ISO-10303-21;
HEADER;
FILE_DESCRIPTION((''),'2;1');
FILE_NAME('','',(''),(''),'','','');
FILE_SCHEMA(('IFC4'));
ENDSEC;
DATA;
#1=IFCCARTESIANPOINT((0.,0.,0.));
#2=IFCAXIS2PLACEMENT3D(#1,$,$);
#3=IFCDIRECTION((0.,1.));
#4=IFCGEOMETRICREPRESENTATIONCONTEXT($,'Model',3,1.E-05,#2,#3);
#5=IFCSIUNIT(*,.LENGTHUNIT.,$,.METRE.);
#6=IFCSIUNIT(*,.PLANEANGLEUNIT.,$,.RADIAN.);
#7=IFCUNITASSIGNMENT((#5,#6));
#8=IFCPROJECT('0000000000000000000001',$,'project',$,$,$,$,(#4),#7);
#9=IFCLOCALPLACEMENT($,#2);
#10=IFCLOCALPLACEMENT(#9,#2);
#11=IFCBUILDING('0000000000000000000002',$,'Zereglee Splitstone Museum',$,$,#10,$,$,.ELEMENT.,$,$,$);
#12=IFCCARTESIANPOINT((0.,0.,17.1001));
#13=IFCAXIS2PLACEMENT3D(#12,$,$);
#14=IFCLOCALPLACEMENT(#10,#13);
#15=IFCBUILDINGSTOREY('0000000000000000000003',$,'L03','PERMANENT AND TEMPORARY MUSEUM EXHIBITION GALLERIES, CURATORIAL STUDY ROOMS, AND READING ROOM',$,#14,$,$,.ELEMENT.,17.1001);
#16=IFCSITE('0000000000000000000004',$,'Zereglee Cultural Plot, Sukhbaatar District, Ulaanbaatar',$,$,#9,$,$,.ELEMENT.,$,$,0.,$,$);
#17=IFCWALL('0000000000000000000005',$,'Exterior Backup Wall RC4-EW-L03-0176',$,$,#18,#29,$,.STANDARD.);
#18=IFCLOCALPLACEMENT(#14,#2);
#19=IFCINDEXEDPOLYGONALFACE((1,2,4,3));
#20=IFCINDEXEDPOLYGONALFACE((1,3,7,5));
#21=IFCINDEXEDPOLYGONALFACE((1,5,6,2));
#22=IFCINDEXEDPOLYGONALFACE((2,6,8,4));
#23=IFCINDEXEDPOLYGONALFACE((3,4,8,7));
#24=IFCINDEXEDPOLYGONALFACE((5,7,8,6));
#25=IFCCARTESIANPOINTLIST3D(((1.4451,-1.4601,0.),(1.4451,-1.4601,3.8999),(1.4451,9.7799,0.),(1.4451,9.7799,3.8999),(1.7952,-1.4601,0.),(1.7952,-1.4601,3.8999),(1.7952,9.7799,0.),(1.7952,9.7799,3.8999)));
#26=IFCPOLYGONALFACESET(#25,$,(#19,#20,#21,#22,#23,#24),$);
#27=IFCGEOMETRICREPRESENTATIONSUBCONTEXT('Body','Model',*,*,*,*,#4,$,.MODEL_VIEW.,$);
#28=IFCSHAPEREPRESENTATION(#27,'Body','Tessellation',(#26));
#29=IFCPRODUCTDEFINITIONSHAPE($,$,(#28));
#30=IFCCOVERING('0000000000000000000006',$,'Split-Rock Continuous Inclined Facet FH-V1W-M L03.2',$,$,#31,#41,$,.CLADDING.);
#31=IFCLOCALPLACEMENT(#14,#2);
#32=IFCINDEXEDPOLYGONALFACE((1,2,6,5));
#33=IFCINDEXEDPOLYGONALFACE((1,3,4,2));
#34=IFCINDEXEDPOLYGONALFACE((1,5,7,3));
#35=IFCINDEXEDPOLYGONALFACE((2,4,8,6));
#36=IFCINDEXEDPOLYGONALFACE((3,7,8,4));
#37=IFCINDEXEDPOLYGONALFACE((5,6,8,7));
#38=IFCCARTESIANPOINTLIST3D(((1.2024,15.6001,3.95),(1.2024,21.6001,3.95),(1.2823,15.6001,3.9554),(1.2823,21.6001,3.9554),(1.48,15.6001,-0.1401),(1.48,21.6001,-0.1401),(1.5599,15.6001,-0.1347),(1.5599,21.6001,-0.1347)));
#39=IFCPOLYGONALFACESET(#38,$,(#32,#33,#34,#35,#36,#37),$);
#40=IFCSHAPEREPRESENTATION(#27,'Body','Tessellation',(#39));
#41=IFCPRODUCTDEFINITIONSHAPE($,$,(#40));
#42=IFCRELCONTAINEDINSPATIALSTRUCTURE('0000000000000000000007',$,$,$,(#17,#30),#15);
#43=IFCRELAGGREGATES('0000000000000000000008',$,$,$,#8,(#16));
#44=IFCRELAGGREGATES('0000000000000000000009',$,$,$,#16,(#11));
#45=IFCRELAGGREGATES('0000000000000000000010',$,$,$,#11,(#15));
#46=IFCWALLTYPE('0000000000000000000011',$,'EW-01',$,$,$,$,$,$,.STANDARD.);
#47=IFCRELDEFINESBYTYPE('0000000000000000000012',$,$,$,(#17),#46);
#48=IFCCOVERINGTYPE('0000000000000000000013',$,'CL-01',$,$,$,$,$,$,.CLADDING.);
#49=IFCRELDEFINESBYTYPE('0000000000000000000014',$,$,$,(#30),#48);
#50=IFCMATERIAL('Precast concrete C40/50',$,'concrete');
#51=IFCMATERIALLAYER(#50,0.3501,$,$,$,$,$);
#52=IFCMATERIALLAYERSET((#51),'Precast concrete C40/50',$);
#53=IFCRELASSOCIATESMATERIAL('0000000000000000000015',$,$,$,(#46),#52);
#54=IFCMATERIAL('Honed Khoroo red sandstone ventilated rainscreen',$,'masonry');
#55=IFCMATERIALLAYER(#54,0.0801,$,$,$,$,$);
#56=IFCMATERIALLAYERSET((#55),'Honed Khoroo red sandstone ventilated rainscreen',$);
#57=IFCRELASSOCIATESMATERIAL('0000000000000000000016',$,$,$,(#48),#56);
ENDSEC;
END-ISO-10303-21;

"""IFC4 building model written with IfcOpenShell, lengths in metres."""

from ifc_helpers import new_model, si_unit, direction, frame, frame_2d, origin, place, context, subcontext, project, spatial, polyline, rectangle, outline, extrude, material, layer, layer_set, type_object, element, save


model = new_model("IFC4")

# Units and contexts
model_context = context("Model", 3, precision=1e-05, world=origin(), true_north=direction((0.0, 1.0)))
body_context = subcontext(model_context, "Body", "Model", "MODEL_VIEW")
ifc_project = project(units=[si_unit("LENGTHUNIT", "METRE"), si_unit("PLANEANGLEUNIT", "RADIAN")], contexts=[model_context])

# Site, building, storey
site_placement = place(None, origin())
site = spatial("IfcSite", under=ifc_project, at=site_placement, Name="Zereglee Cultural Plot, Sukhbaatar District, Ulaanbaatar", CompositionType="ELEMENT", RefElevation=0.0)
building_placement = place(site_placement, origin())
building = spatial("IfcBuilding", under=site, at=building_placement, Name="Zereglee Splitstone Museum", CompositionType="ELEMENT")
storey_placement = place(building_placement, frame((0.0, 0.0, 17.1001)))
storey = spatial("IfcBuildingStorey", under=building, at=storey_placement, Name="L03", Description="PERMANENT AND TEMPORARY MUSEUM EXHIBITION GALLERIES, CURATORIAL STUDY ROOMS, AND READING ROOM", CompositionType="ELEMENT", Elevation=17.1001)

# Wall
ifc_material_1 = material(Name="Precast concrete C40/50", Category="concrete")
ifc_layer_1 = layer(ifc_material_1, 0.3501)
ifc_layer_set_1 = layer_set([ifc_layer_1], Name="Precast concrete C40/50")
wall_type = type_object("IfcWallType", Name="EW-01", PredefinedType="STANDARD", material=ifc_layer_set_1)
wall_placement = place(storey_placement, frame((1.6201, 9.78, 0.0), z_axis=(0.0, 0.0, 1.0), x_axis=(0.0, -1.0, 0.0)))
element("IfcWall", 1, at=wall_placement, inside=storey, type_object=wall_type, Name="Exterior Backup Wall RC4-EW-L03-0176", PredefinedType="STANDARD", context=body_context, shape_type="SweptSolid", body=[
    extrude(rectangle(XDim=11.24, YDim=0.3501, at=frame_2d((5.6201, 0.0))), origin(), (0.0, 0.0, 1.0), 3.8999),
])

# Covering
ifc_material_2 = material(Name="Honed Khoroo red sandstone ventilated rainscreen", Category="masonry")
ifc_layer_2 = layer(ifc_material_2, 0.0801)
ifc_layer_set_2 = layer_set([ifc_layer_2], Name="Honed Khoroo red sandstone ventilated rainscreen")
covering_type = type_object("IfcCoveringType", Name="CL-01", PredefinedType="CLADDING", material=ifc_layer_set_2)
covering_placement = place(storey_placement, frame((1.2024, 15.6001, 3.95), z_axis=(-0.997705, 0.0, -0.067713), x_axis=(0.0, 1.0, 0.0)))
element("IfcCovering", 2, at=covering_placement, inside=storey, type_object=covering_type, Name="Split-Rock Continuous Inclined Facet FH-V1W-M L03.2", PredefinedType="CLADDING", context=body_context, shape_type="SweptSolid", body=[
    extrude(outline(polyline([(0.0, 0.0), (6.0, 0.0), (6.0, 4.0995), (0.0, 4.0995), (0.0, 0.0)])), origin(), (0.0, 0.0, -1.0), 0.0801),
])

save(model, "model.ifc")
